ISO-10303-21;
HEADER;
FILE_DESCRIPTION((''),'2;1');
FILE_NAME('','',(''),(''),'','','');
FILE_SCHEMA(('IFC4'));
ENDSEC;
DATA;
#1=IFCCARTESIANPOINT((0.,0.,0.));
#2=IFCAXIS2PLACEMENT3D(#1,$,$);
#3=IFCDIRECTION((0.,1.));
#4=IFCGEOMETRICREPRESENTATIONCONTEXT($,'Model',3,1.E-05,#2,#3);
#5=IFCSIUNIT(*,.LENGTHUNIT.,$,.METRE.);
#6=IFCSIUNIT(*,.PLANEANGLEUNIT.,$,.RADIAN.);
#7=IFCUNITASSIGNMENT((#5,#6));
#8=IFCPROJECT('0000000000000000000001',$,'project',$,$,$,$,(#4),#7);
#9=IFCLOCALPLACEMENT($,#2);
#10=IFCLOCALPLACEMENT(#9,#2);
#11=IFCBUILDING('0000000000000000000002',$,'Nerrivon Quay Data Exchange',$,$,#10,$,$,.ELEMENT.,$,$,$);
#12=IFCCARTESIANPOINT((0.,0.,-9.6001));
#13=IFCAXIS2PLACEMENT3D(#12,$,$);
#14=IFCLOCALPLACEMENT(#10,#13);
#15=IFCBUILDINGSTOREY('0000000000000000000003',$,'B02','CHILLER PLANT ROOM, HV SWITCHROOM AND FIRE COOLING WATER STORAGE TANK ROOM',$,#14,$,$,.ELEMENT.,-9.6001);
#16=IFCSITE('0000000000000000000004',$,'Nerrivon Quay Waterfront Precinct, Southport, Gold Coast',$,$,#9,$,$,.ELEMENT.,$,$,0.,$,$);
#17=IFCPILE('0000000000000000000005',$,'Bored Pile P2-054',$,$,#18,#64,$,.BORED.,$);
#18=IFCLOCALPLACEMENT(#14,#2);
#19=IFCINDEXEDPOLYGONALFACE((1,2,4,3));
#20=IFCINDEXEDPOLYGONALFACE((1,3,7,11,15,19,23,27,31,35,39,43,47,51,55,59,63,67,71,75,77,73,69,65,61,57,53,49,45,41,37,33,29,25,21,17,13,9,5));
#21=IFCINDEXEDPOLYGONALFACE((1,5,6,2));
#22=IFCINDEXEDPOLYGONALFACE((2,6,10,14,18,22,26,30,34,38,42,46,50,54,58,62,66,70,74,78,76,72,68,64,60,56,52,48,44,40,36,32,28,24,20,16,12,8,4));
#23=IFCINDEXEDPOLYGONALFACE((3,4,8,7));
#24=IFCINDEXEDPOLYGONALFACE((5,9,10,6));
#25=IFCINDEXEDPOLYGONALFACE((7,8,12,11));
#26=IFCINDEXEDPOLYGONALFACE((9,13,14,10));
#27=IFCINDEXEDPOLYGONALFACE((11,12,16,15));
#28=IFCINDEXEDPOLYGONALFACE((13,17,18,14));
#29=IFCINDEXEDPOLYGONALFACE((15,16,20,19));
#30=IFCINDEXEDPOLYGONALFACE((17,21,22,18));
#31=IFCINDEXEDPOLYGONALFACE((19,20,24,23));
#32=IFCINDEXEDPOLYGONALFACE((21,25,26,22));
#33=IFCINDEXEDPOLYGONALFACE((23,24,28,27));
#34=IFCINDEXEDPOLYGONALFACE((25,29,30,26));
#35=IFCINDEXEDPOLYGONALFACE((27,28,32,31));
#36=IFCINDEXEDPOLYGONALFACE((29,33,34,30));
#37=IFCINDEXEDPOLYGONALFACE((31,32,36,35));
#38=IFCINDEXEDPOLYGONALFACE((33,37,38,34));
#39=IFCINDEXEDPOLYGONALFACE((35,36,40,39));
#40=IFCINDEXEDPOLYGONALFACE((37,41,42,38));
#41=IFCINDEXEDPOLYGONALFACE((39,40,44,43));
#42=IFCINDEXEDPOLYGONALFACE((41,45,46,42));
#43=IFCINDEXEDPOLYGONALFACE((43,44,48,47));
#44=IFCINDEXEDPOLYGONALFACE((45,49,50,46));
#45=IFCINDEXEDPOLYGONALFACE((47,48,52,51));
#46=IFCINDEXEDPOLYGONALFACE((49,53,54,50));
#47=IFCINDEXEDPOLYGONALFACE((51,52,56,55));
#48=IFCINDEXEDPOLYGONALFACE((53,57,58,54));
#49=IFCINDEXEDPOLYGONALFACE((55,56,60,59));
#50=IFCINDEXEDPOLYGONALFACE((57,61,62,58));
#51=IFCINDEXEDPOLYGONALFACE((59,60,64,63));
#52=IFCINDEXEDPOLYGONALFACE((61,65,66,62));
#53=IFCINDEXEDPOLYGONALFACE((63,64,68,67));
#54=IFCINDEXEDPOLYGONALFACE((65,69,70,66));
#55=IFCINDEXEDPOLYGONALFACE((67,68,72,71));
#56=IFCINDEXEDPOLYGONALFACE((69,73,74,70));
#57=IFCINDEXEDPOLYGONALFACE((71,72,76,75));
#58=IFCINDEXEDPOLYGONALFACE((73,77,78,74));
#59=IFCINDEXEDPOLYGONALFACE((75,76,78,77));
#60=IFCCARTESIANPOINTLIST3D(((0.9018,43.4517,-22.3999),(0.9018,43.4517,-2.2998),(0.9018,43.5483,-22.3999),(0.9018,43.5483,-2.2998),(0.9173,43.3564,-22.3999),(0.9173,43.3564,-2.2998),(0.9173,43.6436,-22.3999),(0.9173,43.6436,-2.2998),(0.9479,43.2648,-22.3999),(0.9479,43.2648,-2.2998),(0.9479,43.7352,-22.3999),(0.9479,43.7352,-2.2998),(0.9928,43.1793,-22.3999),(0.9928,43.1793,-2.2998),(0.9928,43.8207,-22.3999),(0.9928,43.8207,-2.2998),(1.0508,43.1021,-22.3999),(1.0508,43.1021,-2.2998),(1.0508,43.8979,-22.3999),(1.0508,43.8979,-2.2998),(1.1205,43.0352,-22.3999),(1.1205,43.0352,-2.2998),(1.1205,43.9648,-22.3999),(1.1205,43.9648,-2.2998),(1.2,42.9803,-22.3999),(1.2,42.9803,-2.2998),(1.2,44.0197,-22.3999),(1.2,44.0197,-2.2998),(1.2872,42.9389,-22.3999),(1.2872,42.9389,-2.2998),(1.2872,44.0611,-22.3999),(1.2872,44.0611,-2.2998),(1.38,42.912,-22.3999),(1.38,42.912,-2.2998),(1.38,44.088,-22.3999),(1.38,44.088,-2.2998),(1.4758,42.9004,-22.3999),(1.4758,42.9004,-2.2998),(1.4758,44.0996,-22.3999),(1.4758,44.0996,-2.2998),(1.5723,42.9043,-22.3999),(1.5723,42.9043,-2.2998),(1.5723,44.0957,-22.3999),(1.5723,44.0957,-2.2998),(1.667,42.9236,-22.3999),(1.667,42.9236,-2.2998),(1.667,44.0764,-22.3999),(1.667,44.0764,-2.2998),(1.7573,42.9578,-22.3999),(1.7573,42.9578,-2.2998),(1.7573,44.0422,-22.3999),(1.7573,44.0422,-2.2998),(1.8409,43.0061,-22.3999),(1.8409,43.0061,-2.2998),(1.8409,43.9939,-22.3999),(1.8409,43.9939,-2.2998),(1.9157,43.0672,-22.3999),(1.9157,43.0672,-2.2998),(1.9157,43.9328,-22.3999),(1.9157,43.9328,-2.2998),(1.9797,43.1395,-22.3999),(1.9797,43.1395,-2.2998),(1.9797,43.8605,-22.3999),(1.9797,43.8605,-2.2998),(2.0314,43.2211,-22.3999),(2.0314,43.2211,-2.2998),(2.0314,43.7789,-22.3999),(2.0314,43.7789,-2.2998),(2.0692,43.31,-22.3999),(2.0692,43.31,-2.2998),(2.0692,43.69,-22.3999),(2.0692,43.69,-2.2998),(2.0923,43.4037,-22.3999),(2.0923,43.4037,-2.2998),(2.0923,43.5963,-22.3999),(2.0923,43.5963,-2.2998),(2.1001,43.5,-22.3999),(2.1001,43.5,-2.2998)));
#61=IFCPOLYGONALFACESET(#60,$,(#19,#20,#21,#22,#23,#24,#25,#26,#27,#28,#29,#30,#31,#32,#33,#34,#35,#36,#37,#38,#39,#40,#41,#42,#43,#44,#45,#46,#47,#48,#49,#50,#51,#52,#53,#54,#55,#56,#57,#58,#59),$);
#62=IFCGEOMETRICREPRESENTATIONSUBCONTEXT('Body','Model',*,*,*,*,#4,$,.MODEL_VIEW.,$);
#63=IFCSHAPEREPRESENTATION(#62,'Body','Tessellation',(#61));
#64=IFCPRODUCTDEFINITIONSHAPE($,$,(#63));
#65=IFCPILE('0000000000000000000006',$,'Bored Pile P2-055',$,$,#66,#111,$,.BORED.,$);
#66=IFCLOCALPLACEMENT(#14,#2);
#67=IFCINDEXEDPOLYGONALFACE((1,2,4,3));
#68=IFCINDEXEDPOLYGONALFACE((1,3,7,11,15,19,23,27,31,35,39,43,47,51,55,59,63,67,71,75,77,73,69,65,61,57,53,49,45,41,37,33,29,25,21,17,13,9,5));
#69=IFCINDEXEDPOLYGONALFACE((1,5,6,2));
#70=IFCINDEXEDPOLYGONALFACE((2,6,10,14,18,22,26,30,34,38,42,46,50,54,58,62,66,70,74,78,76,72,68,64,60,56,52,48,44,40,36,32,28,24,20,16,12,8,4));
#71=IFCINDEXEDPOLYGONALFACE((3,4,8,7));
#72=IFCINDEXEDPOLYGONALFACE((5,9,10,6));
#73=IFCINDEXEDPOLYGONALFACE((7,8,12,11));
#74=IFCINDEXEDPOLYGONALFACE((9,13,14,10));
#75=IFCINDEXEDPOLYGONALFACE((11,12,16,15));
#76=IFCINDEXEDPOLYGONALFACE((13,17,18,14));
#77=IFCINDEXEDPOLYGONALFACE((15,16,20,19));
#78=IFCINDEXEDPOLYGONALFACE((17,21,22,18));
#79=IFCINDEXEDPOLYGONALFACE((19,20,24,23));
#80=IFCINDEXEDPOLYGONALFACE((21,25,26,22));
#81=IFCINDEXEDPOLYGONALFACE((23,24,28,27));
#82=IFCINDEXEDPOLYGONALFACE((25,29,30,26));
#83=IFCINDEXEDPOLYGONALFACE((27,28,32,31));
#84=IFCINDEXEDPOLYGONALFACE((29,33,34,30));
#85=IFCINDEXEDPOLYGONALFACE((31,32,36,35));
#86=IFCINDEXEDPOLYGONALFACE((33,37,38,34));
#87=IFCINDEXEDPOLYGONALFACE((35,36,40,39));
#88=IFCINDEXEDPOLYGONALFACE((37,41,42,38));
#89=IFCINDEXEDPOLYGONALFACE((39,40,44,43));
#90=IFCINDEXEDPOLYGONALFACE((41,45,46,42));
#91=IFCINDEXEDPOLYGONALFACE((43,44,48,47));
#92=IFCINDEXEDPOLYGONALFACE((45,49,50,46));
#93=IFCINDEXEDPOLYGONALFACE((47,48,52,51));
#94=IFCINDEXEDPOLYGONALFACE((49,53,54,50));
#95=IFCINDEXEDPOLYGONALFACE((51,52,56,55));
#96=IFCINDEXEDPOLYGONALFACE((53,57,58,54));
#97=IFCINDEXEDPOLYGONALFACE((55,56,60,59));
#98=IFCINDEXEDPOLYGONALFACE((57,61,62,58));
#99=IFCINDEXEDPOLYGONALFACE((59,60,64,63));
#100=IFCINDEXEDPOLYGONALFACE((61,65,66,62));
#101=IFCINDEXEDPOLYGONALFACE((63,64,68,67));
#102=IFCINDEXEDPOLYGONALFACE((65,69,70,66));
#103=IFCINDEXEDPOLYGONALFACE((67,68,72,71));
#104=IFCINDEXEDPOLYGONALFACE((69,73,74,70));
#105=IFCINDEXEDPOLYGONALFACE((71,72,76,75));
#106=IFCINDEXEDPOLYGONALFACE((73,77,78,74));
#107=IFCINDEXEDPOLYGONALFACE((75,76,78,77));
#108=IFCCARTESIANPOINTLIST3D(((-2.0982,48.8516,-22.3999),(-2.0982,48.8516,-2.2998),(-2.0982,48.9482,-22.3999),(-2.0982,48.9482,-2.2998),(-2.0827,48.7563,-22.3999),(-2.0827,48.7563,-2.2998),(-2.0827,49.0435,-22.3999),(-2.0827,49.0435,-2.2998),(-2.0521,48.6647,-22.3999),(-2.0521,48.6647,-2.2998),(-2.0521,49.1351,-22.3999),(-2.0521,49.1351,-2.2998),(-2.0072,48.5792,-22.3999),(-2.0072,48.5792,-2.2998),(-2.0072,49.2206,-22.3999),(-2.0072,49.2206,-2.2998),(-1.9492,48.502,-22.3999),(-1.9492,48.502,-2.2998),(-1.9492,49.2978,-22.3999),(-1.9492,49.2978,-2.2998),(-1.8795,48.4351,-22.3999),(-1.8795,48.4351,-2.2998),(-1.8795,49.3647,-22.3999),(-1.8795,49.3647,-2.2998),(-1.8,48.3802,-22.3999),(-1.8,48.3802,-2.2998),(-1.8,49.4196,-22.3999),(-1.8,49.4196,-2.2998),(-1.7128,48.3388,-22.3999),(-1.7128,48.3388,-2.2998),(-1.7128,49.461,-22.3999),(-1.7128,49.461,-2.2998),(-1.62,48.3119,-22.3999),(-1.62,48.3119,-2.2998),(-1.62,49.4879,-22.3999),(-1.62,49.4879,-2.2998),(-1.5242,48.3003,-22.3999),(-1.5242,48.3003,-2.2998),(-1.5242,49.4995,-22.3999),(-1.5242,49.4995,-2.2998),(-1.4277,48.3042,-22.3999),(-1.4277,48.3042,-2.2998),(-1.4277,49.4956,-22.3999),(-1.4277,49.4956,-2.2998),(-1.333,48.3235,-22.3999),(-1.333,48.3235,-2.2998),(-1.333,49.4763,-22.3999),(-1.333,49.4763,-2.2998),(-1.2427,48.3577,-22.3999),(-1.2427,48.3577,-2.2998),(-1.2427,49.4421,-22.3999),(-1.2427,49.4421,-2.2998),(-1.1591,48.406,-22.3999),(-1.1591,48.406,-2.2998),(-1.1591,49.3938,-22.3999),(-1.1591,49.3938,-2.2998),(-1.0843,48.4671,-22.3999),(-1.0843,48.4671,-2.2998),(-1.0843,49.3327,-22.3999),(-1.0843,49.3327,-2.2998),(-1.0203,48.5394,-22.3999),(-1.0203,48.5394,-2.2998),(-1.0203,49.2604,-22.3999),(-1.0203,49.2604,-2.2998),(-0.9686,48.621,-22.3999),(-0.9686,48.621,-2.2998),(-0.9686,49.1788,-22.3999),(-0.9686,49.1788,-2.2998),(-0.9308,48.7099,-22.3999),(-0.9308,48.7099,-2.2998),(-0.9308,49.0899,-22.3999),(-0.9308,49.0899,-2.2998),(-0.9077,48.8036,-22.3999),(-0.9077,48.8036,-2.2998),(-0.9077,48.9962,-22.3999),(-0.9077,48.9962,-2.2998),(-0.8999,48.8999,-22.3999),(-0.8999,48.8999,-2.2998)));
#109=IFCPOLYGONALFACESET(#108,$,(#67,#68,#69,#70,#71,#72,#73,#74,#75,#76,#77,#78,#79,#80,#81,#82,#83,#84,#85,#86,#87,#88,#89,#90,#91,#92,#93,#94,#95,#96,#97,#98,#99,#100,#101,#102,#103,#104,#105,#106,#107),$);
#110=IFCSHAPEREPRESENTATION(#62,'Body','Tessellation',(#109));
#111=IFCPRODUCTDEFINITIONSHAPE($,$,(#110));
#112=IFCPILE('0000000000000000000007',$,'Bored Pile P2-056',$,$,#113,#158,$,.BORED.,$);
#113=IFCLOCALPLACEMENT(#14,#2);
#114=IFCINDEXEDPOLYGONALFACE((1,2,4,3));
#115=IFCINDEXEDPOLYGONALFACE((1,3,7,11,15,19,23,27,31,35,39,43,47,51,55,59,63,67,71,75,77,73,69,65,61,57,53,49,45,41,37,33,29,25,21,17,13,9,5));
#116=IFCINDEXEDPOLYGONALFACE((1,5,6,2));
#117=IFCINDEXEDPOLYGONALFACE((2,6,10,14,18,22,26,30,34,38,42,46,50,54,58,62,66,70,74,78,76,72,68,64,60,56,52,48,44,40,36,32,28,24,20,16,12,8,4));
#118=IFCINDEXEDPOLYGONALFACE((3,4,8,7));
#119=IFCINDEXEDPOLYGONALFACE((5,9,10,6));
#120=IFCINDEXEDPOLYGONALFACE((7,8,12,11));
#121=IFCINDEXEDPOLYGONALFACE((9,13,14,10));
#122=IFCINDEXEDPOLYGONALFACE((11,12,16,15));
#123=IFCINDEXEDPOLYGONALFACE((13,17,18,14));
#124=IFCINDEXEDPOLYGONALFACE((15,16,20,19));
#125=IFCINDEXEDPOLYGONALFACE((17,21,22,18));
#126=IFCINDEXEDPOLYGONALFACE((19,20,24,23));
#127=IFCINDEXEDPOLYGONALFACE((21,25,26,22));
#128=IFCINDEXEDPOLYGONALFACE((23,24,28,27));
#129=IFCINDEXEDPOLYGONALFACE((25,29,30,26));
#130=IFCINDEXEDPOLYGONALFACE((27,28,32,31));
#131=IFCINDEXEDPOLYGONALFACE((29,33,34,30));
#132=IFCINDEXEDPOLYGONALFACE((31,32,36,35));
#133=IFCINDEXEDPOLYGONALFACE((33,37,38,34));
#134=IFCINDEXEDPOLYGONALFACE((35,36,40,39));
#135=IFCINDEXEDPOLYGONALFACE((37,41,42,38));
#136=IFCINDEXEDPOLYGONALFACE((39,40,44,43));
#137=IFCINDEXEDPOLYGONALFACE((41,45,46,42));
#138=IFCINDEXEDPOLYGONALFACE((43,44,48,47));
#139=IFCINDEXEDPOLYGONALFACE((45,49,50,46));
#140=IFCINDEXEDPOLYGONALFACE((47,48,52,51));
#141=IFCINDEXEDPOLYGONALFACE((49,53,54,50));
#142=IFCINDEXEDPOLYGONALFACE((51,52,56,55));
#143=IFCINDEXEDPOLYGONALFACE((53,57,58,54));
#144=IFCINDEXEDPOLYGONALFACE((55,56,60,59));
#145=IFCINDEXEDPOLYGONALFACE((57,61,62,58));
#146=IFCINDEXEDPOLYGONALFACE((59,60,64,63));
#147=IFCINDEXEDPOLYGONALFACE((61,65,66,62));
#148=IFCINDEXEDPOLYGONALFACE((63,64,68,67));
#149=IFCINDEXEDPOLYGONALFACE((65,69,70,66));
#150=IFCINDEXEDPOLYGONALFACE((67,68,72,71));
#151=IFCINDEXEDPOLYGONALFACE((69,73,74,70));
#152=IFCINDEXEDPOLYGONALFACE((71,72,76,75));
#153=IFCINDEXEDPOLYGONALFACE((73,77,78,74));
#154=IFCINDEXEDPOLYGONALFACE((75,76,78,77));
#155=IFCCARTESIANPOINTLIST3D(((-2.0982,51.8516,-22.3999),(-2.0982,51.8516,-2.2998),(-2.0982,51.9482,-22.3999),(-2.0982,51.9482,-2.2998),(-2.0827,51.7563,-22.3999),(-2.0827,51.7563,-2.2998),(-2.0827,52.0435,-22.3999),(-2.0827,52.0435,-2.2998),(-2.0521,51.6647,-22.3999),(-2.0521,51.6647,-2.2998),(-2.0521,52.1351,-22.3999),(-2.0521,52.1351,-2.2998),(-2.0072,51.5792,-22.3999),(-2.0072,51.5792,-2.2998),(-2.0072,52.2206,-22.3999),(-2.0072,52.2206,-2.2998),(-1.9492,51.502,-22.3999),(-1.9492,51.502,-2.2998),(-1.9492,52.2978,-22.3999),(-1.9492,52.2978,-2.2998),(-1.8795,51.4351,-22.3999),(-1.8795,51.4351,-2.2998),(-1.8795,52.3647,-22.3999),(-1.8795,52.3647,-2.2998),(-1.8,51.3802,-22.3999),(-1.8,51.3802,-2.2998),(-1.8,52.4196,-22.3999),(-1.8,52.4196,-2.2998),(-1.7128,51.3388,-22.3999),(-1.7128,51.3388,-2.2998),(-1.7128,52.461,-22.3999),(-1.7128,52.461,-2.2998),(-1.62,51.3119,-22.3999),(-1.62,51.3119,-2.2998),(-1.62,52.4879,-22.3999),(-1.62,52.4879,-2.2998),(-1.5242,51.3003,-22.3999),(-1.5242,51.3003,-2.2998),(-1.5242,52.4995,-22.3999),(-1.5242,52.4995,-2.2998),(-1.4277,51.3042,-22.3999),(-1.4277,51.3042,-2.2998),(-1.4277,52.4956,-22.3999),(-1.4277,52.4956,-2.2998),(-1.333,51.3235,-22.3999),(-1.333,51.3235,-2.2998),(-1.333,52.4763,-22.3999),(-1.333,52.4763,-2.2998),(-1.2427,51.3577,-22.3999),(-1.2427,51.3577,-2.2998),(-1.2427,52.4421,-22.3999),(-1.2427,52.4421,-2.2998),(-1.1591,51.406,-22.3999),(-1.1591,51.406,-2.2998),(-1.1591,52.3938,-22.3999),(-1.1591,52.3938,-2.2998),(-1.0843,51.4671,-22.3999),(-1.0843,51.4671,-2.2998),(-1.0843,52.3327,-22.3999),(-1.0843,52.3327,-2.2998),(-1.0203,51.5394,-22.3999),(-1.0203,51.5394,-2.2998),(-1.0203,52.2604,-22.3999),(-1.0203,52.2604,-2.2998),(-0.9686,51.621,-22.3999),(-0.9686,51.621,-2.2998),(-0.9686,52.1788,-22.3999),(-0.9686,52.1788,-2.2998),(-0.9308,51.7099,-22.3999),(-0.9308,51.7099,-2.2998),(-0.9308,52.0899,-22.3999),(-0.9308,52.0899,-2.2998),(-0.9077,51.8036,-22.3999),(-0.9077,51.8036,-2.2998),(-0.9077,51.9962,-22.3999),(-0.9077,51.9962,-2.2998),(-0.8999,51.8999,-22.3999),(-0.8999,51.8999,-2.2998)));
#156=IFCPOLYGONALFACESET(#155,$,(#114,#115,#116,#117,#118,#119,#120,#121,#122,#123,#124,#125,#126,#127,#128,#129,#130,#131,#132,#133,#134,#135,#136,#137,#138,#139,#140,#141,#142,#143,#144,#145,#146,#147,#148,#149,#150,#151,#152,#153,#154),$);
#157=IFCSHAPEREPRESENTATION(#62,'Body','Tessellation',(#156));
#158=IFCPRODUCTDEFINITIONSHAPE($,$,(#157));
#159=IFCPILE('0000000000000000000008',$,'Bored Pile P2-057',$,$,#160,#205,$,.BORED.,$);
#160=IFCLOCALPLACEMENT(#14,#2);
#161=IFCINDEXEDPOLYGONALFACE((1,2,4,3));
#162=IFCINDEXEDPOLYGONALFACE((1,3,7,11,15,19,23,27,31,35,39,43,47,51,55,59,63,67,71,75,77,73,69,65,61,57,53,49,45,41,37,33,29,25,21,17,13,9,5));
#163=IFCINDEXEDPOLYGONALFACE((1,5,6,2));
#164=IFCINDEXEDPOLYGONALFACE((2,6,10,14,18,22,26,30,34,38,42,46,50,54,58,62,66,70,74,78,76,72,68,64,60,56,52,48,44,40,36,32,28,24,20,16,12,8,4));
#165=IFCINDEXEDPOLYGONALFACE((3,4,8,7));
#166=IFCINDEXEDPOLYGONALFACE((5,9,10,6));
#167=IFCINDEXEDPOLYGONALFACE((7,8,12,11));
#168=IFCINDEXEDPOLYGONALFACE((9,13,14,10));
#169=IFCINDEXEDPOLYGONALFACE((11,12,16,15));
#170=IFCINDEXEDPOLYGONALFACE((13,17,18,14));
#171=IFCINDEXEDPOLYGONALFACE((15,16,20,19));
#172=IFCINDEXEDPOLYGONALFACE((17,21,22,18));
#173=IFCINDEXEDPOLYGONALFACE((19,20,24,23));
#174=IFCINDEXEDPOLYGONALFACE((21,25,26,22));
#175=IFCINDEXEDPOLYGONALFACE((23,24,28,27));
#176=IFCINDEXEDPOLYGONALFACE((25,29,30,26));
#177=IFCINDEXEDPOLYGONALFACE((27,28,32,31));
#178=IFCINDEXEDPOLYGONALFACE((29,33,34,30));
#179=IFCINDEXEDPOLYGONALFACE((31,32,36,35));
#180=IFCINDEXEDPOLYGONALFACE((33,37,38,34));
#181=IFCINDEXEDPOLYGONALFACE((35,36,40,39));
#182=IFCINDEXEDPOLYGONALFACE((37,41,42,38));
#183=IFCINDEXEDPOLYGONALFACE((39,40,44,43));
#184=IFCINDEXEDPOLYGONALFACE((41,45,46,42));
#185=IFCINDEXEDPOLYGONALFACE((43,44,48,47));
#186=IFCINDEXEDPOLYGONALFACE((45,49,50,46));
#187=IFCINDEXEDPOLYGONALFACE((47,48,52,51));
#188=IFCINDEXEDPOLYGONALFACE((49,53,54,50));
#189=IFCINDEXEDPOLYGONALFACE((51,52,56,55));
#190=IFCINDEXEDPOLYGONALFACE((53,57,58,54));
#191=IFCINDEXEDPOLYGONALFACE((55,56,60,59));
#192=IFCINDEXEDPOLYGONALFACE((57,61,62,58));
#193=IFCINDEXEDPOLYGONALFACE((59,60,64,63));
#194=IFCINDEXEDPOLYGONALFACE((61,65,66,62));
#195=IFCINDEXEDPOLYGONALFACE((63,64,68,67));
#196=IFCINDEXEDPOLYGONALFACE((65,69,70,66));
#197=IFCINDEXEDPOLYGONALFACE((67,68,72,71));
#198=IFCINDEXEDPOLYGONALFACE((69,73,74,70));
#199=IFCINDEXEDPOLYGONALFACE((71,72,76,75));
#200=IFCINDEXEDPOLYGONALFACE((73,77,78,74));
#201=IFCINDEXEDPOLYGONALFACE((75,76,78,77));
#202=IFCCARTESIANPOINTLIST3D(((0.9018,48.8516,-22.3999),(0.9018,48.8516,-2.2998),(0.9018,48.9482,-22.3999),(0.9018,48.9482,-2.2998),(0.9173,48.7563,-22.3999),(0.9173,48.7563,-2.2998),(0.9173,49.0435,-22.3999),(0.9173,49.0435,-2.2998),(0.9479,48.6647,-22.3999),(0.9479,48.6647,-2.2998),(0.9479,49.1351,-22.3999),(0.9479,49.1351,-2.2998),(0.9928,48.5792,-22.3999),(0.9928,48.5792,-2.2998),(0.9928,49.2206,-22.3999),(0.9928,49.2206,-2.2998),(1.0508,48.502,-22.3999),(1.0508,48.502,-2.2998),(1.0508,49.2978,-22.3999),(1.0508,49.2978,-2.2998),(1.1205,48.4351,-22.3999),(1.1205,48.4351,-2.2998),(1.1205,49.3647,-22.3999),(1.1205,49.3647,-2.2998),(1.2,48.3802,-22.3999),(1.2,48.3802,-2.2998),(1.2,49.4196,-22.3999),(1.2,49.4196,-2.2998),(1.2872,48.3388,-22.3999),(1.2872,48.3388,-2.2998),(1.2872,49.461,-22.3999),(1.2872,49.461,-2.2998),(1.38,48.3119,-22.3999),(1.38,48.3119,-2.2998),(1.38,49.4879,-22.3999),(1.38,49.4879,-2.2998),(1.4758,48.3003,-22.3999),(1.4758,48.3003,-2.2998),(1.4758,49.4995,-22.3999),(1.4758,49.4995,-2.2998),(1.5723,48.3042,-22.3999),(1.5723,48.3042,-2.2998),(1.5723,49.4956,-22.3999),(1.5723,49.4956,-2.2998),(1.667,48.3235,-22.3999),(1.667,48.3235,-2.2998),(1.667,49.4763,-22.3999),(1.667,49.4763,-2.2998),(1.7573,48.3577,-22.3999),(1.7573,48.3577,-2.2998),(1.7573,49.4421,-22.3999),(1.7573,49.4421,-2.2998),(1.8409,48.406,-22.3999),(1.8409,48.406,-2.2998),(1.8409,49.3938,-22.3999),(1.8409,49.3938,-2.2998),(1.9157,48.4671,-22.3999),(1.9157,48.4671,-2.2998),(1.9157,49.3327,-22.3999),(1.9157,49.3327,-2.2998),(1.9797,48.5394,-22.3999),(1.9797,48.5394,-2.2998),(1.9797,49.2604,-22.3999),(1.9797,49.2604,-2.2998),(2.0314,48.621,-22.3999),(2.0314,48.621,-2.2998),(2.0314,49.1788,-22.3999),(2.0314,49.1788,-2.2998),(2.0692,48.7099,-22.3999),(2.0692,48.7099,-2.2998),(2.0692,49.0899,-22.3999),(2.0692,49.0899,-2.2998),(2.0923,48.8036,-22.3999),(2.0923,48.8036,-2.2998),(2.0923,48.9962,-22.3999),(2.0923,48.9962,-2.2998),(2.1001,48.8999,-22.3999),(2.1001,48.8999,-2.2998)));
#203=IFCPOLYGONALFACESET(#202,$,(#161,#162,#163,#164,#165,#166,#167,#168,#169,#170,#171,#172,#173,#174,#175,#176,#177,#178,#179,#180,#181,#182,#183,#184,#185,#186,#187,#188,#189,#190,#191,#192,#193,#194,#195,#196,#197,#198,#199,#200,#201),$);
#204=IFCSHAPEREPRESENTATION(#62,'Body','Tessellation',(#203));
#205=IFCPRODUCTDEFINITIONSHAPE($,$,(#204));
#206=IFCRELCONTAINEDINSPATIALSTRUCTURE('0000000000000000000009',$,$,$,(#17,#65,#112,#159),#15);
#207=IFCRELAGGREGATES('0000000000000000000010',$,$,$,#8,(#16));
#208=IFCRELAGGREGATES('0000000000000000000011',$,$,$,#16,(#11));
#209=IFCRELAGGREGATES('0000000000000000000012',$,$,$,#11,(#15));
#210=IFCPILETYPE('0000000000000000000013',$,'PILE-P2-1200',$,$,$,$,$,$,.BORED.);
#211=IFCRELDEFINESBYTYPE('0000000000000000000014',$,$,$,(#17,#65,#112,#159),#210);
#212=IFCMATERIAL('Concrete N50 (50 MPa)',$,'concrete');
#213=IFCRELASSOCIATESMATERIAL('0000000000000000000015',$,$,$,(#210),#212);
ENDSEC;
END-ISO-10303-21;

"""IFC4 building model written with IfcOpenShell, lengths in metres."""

from ifc_helpers import new_model, si_unit, direction, frame, origin, origin_2d, place, context, subcontext, project, spatial, circle, extrude, material, material_profile, profile_set, type_object, element, save


model = new_model("IFC4")

# Units and contexts
model_context = context("Model", 3, precision=1e-05, world=origin(), true_north=direction((0.0, 1.0)))
body_context = subcontext(model_context, "Body", "Model", "MODEL_VIEW")
ifc_project = project(units=[si_unit("LENGTHUNIT", "METRE"), si_unit("PLANEANGLEUNIT", "RADIAN")], contexts=[model_context])

# Site, building, storey
site_placement = place(None, origin())
site = spatial("IfcSite", under=ifc_project, at=site_placement, Name="Nerrivon Quay Waterfront Precinct, Southport, Gold Coast", CompositionType="ELEMENT", RefElevation=0.0)
building_placement = place(site_placement, origin())
building = spatial("IfcBuilding", under=site, at=building_placement, Name="Nerrivon Quay Data Exchange", CompositionType="ELEMENT")
storey_placement = place(building_placement, frame((0.0, 0.0, -9.6001)))
storey = spatial("IfcBuildingStorey", under=building, at=storey_placement, Name="B02", Description="CHILLER PLANT ROOM, HV SWITCHROOM AND FIRE COOLING WATER STORAGE TANK ROOM", CompositionType="ELEMENT", Elevation=-9.6001)

# Piles
ifc_material_1 = material(Name="Concrete N50 (50 MPa)", Category="concrete")
ifc_material_profile_1 = material_profile(ifc_material_1, circle(Radius=0.6001, at=origin_2d()), Name="PILE-1200")
ifc_profile_set_1 = profile_set([ifc_material_profile_1], Name="Concrete N50 (50 MPa)")
pile_type_1 = type_object("IfcPileType", Name="PILE-P2-1200", PredefinedType="BORED", material=ifc_profile_set_1)
for number, where, z_axis, x_axis, name in (
    (1, (1.5, 43.5, -2.2998), (0.0, 0.0, -1.0), (1.0, 0.0, 0.0), "Bored Pile P2-054"),
    (2, (-1.5, 48.8999, -2.2998), (0.0, 0.0, -1.0), (1.0, 0.0, 0.0), "Bored Pile P2-055"),
    (3, (-1.5, 51.8999, -2.2998), (0.0, 0.0, -1.0), (1.0, 0.0, 0.0), "Bored Pile P2-056"),
    (4, (1.5, 48.8999, -2.2998), (0.0, 0.0, -1.0), (1.0, 0.0, 0.0), "Bored Pile P2-057"),
):
    element("IfcPile", number, at=place(storey_placement, frame(where, z_axis=z_axis, x_axis=x_axis)), inside=storey, type_object=pile_type_1, Name=name, PredefinedType="BORED", context=body_context, shape_type="SweptSolid", body=[
        extrude(circle(Radius=0.6001, at=origin_2d()), origin(), (0.0, 0.0, 1.0), 20.1001),
    ])

save(model, "model.ifc")
